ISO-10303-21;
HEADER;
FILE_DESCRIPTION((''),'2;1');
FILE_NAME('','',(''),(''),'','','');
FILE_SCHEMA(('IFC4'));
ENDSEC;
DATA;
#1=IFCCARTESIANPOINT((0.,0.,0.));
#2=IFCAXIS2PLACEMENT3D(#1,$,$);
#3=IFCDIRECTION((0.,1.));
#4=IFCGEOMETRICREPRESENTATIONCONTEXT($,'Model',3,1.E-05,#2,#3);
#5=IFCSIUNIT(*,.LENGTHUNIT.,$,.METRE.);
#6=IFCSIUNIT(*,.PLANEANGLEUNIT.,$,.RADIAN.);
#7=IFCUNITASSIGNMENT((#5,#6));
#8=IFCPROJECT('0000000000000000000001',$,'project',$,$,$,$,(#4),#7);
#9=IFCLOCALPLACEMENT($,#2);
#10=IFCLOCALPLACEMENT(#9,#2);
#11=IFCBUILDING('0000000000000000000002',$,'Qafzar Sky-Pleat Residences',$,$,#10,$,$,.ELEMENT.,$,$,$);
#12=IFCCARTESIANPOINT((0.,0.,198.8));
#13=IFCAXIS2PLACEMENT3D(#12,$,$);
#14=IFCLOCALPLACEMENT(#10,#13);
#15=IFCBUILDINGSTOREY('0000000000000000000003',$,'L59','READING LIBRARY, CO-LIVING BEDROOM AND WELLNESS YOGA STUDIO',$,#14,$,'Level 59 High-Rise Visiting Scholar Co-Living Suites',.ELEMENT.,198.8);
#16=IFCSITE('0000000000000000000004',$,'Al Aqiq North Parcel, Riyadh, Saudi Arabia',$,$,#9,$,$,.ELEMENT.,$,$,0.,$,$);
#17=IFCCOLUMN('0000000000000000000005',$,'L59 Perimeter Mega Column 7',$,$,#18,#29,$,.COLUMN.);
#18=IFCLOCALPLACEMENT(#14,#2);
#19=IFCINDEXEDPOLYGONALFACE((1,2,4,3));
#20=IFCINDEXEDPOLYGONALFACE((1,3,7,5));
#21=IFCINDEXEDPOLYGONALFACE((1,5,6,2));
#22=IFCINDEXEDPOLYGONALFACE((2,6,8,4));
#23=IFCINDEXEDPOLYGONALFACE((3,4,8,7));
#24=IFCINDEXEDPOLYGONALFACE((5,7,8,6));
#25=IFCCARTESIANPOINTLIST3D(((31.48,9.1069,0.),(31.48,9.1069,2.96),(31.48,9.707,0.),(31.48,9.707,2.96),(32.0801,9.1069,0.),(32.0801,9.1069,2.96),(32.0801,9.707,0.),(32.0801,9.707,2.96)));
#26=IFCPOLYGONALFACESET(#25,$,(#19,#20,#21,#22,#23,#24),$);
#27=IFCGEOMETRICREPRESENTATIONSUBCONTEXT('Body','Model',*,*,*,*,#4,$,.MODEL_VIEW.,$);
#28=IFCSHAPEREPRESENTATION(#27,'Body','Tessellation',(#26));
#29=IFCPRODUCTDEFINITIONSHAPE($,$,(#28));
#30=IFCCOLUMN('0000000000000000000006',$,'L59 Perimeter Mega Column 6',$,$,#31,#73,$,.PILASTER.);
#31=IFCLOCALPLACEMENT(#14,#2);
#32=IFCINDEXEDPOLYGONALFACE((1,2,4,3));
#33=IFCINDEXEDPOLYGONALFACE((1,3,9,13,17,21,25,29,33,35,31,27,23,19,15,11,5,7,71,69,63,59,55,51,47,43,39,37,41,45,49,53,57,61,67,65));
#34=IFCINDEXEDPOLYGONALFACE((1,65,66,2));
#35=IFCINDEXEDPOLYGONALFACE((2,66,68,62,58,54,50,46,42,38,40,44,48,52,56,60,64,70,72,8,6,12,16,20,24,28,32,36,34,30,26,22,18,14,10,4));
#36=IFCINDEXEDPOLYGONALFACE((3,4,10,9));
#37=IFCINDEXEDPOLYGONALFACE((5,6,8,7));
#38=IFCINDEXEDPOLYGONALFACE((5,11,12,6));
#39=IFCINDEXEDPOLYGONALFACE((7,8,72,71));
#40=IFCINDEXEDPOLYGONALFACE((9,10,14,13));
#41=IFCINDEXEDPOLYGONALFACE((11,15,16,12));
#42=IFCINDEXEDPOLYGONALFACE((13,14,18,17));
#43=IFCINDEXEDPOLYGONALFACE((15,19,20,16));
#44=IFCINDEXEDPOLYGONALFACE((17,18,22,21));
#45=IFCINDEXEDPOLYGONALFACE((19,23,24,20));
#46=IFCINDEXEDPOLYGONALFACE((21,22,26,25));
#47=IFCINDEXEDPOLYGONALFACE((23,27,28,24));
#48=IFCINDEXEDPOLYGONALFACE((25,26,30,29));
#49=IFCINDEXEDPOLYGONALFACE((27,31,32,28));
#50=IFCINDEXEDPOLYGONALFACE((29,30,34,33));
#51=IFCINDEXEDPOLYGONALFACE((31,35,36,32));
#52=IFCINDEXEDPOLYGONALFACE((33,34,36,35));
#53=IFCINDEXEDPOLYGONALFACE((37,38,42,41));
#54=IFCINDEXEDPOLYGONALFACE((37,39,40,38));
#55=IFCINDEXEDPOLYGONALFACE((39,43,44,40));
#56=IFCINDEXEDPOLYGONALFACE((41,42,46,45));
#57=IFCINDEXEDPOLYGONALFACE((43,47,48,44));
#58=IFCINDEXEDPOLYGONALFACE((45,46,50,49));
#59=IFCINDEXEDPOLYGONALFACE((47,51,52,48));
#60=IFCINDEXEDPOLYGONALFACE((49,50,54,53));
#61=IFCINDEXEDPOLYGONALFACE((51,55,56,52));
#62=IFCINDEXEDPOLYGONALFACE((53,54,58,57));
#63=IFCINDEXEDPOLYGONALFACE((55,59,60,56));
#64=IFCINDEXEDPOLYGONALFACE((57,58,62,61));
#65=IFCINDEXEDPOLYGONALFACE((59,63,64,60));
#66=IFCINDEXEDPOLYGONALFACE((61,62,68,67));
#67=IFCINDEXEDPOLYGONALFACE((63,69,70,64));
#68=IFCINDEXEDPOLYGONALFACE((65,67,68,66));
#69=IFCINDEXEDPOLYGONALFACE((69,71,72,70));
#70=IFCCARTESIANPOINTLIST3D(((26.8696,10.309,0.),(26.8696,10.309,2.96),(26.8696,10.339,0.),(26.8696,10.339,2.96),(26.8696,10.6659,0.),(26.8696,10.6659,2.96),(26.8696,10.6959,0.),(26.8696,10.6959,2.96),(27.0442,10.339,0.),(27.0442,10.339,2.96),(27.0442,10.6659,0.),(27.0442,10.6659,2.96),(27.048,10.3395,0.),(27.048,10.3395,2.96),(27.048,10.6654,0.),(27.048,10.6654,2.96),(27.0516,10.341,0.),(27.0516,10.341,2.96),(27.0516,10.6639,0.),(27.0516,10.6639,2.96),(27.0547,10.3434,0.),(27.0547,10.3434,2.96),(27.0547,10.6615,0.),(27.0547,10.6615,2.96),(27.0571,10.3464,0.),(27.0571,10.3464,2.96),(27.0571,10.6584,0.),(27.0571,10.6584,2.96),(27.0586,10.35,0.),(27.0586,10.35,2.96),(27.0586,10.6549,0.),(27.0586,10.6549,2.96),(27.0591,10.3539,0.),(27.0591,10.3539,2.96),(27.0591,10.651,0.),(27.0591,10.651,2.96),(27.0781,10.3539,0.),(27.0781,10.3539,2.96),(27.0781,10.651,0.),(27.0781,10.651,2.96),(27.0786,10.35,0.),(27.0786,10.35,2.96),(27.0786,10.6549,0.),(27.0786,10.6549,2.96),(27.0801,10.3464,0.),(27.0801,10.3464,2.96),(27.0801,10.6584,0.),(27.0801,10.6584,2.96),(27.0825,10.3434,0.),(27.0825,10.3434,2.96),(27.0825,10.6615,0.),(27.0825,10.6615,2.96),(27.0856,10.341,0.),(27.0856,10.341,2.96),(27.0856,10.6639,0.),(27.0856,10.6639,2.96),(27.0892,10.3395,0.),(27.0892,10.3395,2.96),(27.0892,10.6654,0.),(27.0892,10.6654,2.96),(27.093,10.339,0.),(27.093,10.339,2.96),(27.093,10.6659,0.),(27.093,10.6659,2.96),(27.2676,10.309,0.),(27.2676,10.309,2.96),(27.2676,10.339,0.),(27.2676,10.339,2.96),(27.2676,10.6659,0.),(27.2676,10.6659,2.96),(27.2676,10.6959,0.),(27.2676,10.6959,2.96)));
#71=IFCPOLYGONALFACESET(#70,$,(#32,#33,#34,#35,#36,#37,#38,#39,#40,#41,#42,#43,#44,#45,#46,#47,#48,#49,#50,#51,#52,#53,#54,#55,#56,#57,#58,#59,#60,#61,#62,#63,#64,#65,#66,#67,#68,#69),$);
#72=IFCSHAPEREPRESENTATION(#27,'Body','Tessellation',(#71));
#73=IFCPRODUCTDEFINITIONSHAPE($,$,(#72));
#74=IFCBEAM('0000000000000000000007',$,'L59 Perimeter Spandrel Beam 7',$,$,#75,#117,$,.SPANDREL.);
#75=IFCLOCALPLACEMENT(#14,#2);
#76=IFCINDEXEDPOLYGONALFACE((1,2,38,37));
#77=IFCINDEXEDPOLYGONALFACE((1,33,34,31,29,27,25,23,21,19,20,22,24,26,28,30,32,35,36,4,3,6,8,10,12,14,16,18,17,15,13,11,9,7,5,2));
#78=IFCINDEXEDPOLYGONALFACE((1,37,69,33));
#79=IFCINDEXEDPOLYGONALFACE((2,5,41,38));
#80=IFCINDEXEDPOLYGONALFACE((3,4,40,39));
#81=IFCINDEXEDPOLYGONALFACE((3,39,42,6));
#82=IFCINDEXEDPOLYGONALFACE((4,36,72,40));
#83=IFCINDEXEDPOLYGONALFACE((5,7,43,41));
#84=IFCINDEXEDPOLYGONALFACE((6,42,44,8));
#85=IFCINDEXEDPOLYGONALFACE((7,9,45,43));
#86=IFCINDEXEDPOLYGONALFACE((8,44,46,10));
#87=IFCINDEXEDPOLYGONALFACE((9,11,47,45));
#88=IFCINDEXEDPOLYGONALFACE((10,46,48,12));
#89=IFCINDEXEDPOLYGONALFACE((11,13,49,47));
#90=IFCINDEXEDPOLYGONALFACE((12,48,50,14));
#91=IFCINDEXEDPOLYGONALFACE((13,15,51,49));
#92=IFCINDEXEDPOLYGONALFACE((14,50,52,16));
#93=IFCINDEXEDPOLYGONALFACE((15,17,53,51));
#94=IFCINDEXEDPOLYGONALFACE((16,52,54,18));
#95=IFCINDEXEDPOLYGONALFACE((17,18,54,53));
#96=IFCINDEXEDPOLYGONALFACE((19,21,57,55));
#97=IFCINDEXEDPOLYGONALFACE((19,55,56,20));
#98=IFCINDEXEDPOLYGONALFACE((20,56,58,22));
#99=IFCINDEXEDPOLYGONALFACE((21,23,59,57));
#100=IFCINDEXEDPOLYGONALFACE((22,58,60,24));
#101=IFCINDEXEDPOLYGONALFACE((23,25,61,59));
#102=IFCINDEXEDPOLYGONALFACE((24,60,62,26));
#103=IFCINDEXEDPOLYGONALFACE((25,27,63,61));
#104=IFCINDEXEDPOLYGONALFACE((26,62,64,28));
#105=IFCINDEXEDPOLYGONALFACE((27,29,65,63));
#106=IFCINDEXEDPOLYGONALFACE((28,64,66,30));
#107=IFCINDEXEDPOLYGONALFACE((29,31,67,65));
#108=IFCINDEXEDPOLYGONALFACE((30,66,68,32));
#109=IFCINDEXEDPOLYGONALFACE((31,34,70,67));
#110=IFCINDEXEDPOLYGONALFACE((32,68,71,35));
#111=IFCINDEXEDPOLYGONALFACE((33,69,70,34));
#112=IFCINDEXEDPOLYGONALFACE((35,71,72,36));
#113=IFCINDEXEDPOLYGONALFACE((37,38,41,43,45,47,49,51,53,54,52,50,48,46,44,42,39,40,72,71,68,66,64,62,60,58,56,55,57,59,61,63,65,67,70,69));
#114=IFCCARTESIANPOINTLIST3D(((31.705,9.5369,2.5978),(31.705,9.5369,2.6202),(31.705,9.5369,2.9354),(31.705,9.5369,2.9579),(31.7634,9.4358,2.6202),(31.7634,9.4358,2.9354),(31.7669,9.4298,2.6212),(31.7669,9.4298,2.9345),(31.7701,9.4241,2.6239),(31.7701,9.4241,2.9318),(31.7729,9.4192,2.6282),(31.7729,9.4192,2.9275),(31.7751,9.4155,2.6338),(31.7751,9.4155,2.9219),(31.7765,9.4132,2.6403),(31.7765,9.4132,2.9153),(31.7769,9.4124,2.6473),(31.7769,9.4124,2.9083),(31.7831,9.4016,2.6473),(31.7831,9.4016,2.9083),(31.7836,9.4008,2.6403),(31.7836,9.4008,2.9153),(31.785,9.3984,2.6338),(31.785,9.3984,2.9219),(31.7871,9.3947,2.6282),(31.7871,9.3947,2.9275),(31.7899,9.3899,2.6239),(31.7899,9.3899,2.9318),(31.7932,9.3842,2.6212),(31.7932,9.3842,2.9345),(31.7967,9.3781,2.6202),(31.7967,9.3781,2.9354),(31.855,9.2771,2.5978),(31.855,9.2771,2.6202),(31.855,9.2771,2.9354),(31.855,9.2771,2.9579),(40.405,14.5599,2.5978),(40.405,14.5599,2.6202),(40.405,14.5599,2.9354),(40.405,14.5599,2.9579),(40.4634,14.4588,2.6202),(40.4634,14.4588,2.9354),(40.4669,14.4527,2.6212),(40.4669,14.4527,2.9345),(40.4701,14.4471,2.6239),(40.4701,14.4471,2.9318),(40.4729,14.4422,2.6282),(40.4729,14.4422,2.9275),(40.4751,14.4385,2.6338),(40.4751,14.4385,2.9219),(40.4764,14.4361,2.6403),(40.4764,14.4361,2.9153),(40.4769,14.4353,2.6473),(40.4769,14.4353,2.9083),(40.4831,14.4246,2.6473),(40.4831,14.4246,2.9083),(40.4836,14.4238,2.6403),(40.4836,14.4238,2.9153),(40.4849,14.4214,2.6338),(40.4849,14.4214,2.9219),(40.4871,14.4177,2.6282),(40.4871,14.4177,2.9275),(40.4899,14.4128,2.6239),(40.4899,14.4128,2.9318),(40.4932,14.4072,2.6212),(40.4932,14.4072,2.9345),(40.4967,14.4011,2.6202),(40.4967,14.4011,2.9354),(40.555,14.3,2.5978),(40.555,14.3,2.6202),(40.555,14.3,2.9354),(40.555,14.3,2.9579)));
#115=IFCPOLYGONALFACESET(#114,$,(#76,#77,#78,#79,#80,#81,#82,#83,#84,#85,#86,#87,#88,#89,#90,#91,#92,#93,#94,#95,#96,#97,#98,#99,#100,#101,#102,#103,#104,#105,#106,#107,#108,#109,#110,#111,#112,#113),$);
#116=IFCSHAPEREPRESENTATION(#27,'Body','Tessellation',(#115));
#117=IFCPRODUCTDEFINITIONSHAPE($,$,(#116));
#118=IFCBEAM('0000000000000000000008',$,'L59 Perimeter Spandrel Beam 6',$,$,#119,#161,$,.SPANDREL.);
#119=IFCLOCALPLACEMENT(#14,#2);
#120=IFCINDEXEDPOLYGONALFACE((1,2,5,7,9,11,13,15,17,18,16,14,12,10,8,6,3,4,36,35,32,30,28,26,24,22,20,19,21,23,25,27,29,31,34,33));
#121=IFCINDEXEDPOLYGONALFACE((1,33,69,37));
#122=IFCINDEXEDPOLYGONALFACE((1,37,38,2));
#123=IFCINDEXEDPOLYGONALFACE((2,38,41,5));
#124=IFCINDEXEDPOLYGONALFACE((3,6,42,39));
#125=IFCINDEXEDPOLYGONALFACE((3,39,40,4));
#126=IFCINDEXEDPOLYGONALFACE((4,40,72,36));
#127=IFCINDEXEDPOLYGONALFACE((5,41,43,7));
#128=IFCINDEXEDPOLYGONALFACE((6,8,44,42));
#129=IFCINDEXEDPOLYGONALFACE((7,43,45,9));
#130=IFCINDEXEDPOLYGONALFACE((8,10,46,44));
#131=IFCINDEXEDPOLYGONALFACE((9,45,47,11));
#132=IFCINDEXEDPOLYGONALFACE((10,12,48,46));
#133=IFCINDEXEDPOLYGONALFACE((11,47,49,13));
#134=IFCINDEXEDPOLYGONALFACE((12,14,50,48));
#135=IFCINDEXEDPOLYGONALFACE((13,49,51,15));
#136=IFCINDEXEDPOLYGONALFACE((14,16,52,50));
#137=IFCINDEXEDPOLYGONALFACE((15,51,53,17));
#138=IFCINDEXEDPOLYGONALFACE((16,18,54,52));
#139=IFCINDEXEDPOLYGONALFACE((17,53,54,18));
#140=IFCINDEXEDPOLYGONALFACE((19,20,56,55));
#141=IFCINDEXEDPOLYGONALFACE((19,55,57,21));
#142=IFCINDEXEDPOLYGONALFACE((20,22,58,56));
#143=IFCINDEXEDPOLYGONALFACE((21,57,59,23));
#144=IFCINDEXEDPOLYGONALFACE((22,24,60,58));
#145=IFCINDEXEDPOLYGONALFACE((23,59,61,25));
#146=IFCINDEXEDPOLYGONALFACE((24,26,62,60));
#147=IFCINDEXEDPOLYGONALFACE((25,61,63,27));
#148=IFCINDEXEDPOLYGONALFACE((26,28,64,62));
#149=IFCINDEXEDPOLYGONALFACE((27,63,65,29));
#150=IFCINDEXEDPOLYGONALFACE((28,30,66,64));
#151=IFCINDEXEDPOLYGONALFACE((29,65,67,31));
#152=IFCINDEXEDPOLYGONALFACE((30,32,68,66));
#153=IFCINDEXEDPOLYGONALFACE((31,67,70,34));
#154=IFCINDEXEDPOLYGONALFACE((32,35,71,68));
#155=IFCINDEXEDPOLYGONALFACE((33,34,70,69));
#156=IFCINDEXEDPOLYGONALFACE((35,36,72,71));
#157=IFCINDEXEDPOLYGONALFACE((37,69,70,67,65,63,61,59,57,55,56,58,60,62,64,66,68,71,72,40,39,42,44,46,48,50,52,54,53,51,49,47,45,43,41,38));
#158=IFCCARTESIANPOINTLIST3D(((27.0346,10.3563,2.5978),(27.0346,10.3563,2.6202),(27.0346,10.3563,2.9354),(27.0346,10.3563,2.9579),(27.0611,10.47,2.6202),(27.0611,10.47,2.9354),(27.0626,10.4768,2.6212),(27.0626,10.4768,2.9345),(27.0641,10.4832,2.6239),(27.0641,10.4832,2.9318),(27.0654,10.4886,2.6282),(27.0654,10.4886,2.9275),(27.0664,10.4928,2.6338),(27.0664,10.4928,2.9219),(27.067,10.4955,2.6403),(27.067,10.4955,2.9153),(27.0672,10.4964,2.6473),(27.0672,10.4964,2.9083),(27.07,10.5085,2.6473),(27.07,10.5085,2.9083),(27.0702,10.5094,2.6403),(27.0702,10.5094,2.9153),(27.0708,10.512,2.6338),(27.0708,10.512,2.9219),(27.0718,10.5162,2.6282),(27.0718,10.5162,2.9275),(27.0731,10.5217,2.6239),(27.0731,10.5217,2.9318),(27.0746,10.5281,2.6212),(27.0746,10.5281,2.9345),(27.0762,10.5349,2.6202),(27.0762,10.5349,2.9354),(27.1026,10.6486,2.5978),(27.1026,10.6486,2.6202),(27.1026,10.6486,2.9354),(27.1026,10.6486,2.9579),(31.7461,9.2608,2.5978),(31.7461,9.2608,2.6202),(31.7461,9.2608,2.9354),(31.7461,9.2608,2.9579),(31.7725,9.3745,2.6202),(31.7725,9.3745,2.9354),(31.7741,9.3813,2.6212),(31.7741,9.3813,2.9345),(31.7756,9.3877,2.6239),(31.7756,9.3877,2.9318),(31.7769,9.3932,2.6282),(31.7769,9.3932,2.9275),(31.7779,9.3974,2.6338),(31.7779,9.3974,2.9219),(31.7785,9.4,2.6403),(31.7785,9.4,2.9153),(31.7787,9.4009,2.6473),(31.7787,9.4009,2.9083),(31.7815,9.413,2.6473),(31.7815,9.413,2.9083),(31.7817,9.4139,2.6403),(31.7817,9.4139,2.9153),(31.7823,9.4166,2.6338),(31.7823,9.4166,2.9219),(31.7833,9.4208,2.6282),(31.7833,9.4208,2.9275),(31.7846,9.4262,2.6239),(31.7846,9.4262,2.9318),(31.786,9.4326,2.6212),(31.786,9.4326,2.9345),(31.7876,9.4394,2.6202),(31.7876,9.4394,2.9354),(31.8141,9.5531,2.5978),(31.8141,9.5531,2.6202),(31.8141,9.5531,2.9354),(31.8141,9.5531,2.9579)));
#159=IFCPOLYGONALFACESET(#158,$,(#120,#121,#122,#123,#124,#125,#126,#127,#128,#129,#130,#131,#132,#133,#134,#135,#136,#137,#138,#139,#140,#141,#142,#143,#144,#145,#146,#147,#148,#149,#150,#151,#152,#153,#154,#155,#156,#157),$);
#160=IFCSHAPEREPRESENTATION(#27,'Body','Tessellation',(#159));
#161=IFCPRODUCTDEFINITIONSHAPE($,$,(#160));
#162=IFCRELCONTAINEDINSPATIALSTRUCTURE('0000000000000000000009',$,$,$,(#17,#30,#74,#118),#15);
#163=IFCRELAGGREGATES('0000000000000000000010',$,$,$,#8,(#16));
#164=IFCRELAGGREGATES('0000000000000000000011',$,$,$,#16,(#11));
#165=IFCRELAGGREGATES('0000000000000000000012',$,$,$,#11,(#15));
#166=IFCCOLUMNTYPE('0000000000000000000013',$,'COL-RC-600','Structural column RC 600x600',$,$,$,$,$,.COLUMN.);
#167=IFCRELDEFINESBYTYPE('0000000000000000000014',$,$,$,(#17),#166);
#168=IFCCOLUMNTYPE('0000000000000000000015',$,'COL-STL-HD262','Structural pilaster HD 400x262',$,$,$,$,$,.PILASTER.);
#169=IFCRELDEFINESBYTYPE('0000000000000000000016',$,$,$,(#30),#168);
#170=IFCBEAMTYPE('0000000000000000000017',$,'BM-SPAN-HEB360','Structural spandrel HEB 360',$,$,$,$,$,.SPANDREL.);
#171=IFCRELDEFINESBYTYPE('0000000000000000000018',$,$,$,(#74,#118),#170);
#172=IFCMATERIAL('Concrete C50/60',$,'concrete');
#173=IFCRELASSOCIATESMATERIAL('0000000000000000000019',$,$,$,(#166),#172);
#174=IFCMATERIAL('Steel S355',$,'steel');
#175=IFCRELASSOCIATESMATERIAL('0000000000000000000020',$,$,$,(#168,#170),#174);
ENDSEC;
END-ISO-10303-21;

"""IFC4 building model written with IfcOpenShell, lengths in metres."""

from ifc_helpers import new_model, si_unit, direction, frame, origin, origin_2d, place, context, subcontext, project, spatial, rectangle, i_section, extrude, source, transform, mapped, material, material_profile, profile_set, type_object, element, save


model = new_model("IFC4")

# Units and contexts
model_context = context("Model", 3, precision=1e-05, world=origin(), true_north=direction((0.0, 1.0)))
body_context = subcontext(model_context, "Body", "Model", "MODEL_VIEW")
ifc_project = project(units=[si_unit("LENGTHUNIT", "METRE"), si_unit("PLANEANGLEUNIT", "RADIAN")], contexts=[model_context])

# Site, building, storey
site_placement = place(None, origin())
site = spatial("IfcSite", under=ifc_project, at=site_placement, Name="Al Aqiq North Parcel, Riyadh, Saudi Arabia", CompositionType="ELEMENT", RefElevation=0.0)
building_placement = place(site_placement, origin())
building = spatial("IfcBuilding", under=site, at=building_placement, Name="Qafzar Sky-Pleat Residences", CompositionType="ELEMENT")
storey_placement = place(building_placement, frame((0.0, 0.0, 198.8)))
storey = spatial("IfcBuildingStorey", under=building, at=storey_placement, Name="L59", Description="READING LIBRARY, CO-LIVING BEDROOM AND WELLNESS YOGA STUDIO", LongName="Level 59 High-Rise Visiting Scholar Co-Living Suites", CompositionType="ELEMENT", Elevation=198.8)

# Columns
ifc_material_1 = material(Name="Concrete C50/60", Category="concrete")
ifc_material_profile_1 = material_profile(ifc_material_1, rectangle(XDim=0.6001, YDim=0.6001, at=origin_2d()), Name="RC 600x600")
ifc_profile_set_1 = profile_set([ifc_material_profile_1], Name="Concrete C50/60")
column_type_1 = type_object("IfcColumnType", Name="COL-RC-600", Description="Structural column RC 600x600", PredefinedType="COLUMN", material=ifc_profile_set_1)
shared_shape_1 = source(origin(), body_context, "Body", "SweptSolid", [
    extrude(rectangle(XDim=0.6001, YDim=0.6001, at=origin_2d()), origin(), (0.0, 0.0, 1.0), 2.96),
])
column_1_placement = place(storey_placement, frame((31.78, 9.407, 0.0), z_axis=(0.0, 0.0, 1.0), x_axis=(1.0, 0.0, 0.0)))
element("IfcColumn", 1, at=column_1_placement, inside=storey, type_object=column_type_1, Name="L59 Perimeter Mega Column 7", PredefinedType="COLUMN", context=body_context, shape_type="MappedRepresentation", body=[
    mapped(shared_shape_1, transform((0.0, 0.0, 0.0), x_axis=(1.0, 0.0, 0.0), y_axis=(0.0, 1.0, 0.0), z_axis=(0.0, 0.0, 1.0), scale=1.0)),
])
ifc_material_2 = material(Name="Steel S355", Category="steel")
ifc_material_profile_2 = material_profile(ifc_material_2, i_section(OverallWidth=0.3979, OverallDepth=0.387, WebThickness=0.019, FlangeThickness=0.03, FilletRadius=0.0149, at=origin_2d()), Name="HD 400x262")
ifc_profile_set_2 = profile_set([ifc_material_profile_2], Name="Steel S355")
column_type_2 = type_object("IfcColumnType", Name="COL-STL-HD262", Description="Structural pilaster HD 400x262", PredefinedType="PILASTER", material=ifc_profile_set_2)
shared_shape_2 = source(origin(), body_context, "Body", "SweptSolid", [
    extrude(i_section(OverallWidth=0.3979, OverallDepth=0.387, WebThickness=0.019, FlangeThickness=0.03, FilletRadius=0.0149, at=origin_2d()), origin(), (0.0, 0.0, 1.0), 2.96),
])
column_2_placement = place(storey_placement, frame((27.0686, 10.5024, 0.0), z_axis=(0.0, 0.0, 1.0), x_axis=(1.0, 0.0, 0.0)))
element("IfcColumn", 2, at=column_2_placement, inside=storey, type_object=column_type_2, Name="L59 Perimeter Mega Column 6", PredefinedType="PILASTER", context=body_context, shape_type="MappedRepresentation", body=[
    mapped(shared_shape_2, transform((0.0, 0.0, 0.0), x_axis=(1.0, 0.0, 0.0), y_axis=(0.0, 1.0, 0.0), z_axis=(0.0, 0.0, 1.0), scale=1.0)),
])

# Beams
ifc_material_profile_3 = material_profile(ifc_material_2, i_section(OverallWidth=0.3, OverallDepth=0.3601, WebThickness=0.0125, FlangeThickness=0.0225, FilletRadius=0.0271, at=origin_2d()), Name="HEB 360")
ifc_profile_set_3 = profile_set([ifc_material_profile_3], Name="Steel S355")
beam_type_1 = type_object("IfcBeamType", Name="BM-SPAN-HEB360", Description="Structural spandrel HEB 360", PredefinedType="SPANDREL", material=ifc_profile_set_3)
shared_shape_3 = source(origin(), body_context, "Body", "SweptSolid", [
    extrude(i_section(OverallWidth=0.3, OverallDepth=0.3601, WebThickness=0.0125, FlangeThickness=0.0225, FilletRadius=0.0271, at=origin_2d()), origin(), (0.0, 0.0, 1.0), 10.0459),
])
beam_1_placement = place(storey_placement, frame((31.78, 9.407, 2.7778), z_axis=(0.866024, 0.500002, 0.0), x_axis=(-0.500002, 0.866024, 0.0)))
element("IfcBeam", 3, at=beam_1_placement, inside=storey, type_object=beam_type_1, Name="L59 Perimeter Spandrel Beam 7", PredefinedType="SPANDREL", context=body_context, shape_type="MappedRepresentation", body=[
    mapped(shared_shape_3, transform((0.0, 0.0, 0.0), x_axis=(1.0, 0.0, 0.0), y_axis=(0.0, 1.0, 0.0), z_axis=(0.0, 0.0, 1.0), scale=1.0)),
])
shared_shape_4 = source(origin(), body_context, "Body", "SweptSolid", [
    extrude(i_section(OverallWidth=0.3, OverallDepth=0.3601, WebThickness=0.0125, FlangeThickness=0.0225, FilletRadius=0.0271, at=origin_2d()), origin(), (0.0, 0.0, 1.0), 4.8372),
])
beam_2_placement = place(storey_placement, frame((27.0686, 10.5024, 2.7778), z_axis=(0.974018, -0.22647, 0.0), x_axis=(0.22647, 0.974018, 0.0)))
element("IfcBeam", 4, at=beam_2_placement, inside=storey, type_object=beam_type_1, Name="L59 Perimeter Spandrel Beam 6", PredefinedType="SPANDREL", context=body_context, shape_type="MappedRepresentation", body=[
    mapped(shared_shape_4, transform((0.0, 0.0, 0.0), x_axis=(1.0, 0.0, 0.0), y_axis=(0.0, 1.0, 0.0), z_axis=(0.0, 0.0, 1.0), scale=1.0)),
])

save(model, "model.ifc")
